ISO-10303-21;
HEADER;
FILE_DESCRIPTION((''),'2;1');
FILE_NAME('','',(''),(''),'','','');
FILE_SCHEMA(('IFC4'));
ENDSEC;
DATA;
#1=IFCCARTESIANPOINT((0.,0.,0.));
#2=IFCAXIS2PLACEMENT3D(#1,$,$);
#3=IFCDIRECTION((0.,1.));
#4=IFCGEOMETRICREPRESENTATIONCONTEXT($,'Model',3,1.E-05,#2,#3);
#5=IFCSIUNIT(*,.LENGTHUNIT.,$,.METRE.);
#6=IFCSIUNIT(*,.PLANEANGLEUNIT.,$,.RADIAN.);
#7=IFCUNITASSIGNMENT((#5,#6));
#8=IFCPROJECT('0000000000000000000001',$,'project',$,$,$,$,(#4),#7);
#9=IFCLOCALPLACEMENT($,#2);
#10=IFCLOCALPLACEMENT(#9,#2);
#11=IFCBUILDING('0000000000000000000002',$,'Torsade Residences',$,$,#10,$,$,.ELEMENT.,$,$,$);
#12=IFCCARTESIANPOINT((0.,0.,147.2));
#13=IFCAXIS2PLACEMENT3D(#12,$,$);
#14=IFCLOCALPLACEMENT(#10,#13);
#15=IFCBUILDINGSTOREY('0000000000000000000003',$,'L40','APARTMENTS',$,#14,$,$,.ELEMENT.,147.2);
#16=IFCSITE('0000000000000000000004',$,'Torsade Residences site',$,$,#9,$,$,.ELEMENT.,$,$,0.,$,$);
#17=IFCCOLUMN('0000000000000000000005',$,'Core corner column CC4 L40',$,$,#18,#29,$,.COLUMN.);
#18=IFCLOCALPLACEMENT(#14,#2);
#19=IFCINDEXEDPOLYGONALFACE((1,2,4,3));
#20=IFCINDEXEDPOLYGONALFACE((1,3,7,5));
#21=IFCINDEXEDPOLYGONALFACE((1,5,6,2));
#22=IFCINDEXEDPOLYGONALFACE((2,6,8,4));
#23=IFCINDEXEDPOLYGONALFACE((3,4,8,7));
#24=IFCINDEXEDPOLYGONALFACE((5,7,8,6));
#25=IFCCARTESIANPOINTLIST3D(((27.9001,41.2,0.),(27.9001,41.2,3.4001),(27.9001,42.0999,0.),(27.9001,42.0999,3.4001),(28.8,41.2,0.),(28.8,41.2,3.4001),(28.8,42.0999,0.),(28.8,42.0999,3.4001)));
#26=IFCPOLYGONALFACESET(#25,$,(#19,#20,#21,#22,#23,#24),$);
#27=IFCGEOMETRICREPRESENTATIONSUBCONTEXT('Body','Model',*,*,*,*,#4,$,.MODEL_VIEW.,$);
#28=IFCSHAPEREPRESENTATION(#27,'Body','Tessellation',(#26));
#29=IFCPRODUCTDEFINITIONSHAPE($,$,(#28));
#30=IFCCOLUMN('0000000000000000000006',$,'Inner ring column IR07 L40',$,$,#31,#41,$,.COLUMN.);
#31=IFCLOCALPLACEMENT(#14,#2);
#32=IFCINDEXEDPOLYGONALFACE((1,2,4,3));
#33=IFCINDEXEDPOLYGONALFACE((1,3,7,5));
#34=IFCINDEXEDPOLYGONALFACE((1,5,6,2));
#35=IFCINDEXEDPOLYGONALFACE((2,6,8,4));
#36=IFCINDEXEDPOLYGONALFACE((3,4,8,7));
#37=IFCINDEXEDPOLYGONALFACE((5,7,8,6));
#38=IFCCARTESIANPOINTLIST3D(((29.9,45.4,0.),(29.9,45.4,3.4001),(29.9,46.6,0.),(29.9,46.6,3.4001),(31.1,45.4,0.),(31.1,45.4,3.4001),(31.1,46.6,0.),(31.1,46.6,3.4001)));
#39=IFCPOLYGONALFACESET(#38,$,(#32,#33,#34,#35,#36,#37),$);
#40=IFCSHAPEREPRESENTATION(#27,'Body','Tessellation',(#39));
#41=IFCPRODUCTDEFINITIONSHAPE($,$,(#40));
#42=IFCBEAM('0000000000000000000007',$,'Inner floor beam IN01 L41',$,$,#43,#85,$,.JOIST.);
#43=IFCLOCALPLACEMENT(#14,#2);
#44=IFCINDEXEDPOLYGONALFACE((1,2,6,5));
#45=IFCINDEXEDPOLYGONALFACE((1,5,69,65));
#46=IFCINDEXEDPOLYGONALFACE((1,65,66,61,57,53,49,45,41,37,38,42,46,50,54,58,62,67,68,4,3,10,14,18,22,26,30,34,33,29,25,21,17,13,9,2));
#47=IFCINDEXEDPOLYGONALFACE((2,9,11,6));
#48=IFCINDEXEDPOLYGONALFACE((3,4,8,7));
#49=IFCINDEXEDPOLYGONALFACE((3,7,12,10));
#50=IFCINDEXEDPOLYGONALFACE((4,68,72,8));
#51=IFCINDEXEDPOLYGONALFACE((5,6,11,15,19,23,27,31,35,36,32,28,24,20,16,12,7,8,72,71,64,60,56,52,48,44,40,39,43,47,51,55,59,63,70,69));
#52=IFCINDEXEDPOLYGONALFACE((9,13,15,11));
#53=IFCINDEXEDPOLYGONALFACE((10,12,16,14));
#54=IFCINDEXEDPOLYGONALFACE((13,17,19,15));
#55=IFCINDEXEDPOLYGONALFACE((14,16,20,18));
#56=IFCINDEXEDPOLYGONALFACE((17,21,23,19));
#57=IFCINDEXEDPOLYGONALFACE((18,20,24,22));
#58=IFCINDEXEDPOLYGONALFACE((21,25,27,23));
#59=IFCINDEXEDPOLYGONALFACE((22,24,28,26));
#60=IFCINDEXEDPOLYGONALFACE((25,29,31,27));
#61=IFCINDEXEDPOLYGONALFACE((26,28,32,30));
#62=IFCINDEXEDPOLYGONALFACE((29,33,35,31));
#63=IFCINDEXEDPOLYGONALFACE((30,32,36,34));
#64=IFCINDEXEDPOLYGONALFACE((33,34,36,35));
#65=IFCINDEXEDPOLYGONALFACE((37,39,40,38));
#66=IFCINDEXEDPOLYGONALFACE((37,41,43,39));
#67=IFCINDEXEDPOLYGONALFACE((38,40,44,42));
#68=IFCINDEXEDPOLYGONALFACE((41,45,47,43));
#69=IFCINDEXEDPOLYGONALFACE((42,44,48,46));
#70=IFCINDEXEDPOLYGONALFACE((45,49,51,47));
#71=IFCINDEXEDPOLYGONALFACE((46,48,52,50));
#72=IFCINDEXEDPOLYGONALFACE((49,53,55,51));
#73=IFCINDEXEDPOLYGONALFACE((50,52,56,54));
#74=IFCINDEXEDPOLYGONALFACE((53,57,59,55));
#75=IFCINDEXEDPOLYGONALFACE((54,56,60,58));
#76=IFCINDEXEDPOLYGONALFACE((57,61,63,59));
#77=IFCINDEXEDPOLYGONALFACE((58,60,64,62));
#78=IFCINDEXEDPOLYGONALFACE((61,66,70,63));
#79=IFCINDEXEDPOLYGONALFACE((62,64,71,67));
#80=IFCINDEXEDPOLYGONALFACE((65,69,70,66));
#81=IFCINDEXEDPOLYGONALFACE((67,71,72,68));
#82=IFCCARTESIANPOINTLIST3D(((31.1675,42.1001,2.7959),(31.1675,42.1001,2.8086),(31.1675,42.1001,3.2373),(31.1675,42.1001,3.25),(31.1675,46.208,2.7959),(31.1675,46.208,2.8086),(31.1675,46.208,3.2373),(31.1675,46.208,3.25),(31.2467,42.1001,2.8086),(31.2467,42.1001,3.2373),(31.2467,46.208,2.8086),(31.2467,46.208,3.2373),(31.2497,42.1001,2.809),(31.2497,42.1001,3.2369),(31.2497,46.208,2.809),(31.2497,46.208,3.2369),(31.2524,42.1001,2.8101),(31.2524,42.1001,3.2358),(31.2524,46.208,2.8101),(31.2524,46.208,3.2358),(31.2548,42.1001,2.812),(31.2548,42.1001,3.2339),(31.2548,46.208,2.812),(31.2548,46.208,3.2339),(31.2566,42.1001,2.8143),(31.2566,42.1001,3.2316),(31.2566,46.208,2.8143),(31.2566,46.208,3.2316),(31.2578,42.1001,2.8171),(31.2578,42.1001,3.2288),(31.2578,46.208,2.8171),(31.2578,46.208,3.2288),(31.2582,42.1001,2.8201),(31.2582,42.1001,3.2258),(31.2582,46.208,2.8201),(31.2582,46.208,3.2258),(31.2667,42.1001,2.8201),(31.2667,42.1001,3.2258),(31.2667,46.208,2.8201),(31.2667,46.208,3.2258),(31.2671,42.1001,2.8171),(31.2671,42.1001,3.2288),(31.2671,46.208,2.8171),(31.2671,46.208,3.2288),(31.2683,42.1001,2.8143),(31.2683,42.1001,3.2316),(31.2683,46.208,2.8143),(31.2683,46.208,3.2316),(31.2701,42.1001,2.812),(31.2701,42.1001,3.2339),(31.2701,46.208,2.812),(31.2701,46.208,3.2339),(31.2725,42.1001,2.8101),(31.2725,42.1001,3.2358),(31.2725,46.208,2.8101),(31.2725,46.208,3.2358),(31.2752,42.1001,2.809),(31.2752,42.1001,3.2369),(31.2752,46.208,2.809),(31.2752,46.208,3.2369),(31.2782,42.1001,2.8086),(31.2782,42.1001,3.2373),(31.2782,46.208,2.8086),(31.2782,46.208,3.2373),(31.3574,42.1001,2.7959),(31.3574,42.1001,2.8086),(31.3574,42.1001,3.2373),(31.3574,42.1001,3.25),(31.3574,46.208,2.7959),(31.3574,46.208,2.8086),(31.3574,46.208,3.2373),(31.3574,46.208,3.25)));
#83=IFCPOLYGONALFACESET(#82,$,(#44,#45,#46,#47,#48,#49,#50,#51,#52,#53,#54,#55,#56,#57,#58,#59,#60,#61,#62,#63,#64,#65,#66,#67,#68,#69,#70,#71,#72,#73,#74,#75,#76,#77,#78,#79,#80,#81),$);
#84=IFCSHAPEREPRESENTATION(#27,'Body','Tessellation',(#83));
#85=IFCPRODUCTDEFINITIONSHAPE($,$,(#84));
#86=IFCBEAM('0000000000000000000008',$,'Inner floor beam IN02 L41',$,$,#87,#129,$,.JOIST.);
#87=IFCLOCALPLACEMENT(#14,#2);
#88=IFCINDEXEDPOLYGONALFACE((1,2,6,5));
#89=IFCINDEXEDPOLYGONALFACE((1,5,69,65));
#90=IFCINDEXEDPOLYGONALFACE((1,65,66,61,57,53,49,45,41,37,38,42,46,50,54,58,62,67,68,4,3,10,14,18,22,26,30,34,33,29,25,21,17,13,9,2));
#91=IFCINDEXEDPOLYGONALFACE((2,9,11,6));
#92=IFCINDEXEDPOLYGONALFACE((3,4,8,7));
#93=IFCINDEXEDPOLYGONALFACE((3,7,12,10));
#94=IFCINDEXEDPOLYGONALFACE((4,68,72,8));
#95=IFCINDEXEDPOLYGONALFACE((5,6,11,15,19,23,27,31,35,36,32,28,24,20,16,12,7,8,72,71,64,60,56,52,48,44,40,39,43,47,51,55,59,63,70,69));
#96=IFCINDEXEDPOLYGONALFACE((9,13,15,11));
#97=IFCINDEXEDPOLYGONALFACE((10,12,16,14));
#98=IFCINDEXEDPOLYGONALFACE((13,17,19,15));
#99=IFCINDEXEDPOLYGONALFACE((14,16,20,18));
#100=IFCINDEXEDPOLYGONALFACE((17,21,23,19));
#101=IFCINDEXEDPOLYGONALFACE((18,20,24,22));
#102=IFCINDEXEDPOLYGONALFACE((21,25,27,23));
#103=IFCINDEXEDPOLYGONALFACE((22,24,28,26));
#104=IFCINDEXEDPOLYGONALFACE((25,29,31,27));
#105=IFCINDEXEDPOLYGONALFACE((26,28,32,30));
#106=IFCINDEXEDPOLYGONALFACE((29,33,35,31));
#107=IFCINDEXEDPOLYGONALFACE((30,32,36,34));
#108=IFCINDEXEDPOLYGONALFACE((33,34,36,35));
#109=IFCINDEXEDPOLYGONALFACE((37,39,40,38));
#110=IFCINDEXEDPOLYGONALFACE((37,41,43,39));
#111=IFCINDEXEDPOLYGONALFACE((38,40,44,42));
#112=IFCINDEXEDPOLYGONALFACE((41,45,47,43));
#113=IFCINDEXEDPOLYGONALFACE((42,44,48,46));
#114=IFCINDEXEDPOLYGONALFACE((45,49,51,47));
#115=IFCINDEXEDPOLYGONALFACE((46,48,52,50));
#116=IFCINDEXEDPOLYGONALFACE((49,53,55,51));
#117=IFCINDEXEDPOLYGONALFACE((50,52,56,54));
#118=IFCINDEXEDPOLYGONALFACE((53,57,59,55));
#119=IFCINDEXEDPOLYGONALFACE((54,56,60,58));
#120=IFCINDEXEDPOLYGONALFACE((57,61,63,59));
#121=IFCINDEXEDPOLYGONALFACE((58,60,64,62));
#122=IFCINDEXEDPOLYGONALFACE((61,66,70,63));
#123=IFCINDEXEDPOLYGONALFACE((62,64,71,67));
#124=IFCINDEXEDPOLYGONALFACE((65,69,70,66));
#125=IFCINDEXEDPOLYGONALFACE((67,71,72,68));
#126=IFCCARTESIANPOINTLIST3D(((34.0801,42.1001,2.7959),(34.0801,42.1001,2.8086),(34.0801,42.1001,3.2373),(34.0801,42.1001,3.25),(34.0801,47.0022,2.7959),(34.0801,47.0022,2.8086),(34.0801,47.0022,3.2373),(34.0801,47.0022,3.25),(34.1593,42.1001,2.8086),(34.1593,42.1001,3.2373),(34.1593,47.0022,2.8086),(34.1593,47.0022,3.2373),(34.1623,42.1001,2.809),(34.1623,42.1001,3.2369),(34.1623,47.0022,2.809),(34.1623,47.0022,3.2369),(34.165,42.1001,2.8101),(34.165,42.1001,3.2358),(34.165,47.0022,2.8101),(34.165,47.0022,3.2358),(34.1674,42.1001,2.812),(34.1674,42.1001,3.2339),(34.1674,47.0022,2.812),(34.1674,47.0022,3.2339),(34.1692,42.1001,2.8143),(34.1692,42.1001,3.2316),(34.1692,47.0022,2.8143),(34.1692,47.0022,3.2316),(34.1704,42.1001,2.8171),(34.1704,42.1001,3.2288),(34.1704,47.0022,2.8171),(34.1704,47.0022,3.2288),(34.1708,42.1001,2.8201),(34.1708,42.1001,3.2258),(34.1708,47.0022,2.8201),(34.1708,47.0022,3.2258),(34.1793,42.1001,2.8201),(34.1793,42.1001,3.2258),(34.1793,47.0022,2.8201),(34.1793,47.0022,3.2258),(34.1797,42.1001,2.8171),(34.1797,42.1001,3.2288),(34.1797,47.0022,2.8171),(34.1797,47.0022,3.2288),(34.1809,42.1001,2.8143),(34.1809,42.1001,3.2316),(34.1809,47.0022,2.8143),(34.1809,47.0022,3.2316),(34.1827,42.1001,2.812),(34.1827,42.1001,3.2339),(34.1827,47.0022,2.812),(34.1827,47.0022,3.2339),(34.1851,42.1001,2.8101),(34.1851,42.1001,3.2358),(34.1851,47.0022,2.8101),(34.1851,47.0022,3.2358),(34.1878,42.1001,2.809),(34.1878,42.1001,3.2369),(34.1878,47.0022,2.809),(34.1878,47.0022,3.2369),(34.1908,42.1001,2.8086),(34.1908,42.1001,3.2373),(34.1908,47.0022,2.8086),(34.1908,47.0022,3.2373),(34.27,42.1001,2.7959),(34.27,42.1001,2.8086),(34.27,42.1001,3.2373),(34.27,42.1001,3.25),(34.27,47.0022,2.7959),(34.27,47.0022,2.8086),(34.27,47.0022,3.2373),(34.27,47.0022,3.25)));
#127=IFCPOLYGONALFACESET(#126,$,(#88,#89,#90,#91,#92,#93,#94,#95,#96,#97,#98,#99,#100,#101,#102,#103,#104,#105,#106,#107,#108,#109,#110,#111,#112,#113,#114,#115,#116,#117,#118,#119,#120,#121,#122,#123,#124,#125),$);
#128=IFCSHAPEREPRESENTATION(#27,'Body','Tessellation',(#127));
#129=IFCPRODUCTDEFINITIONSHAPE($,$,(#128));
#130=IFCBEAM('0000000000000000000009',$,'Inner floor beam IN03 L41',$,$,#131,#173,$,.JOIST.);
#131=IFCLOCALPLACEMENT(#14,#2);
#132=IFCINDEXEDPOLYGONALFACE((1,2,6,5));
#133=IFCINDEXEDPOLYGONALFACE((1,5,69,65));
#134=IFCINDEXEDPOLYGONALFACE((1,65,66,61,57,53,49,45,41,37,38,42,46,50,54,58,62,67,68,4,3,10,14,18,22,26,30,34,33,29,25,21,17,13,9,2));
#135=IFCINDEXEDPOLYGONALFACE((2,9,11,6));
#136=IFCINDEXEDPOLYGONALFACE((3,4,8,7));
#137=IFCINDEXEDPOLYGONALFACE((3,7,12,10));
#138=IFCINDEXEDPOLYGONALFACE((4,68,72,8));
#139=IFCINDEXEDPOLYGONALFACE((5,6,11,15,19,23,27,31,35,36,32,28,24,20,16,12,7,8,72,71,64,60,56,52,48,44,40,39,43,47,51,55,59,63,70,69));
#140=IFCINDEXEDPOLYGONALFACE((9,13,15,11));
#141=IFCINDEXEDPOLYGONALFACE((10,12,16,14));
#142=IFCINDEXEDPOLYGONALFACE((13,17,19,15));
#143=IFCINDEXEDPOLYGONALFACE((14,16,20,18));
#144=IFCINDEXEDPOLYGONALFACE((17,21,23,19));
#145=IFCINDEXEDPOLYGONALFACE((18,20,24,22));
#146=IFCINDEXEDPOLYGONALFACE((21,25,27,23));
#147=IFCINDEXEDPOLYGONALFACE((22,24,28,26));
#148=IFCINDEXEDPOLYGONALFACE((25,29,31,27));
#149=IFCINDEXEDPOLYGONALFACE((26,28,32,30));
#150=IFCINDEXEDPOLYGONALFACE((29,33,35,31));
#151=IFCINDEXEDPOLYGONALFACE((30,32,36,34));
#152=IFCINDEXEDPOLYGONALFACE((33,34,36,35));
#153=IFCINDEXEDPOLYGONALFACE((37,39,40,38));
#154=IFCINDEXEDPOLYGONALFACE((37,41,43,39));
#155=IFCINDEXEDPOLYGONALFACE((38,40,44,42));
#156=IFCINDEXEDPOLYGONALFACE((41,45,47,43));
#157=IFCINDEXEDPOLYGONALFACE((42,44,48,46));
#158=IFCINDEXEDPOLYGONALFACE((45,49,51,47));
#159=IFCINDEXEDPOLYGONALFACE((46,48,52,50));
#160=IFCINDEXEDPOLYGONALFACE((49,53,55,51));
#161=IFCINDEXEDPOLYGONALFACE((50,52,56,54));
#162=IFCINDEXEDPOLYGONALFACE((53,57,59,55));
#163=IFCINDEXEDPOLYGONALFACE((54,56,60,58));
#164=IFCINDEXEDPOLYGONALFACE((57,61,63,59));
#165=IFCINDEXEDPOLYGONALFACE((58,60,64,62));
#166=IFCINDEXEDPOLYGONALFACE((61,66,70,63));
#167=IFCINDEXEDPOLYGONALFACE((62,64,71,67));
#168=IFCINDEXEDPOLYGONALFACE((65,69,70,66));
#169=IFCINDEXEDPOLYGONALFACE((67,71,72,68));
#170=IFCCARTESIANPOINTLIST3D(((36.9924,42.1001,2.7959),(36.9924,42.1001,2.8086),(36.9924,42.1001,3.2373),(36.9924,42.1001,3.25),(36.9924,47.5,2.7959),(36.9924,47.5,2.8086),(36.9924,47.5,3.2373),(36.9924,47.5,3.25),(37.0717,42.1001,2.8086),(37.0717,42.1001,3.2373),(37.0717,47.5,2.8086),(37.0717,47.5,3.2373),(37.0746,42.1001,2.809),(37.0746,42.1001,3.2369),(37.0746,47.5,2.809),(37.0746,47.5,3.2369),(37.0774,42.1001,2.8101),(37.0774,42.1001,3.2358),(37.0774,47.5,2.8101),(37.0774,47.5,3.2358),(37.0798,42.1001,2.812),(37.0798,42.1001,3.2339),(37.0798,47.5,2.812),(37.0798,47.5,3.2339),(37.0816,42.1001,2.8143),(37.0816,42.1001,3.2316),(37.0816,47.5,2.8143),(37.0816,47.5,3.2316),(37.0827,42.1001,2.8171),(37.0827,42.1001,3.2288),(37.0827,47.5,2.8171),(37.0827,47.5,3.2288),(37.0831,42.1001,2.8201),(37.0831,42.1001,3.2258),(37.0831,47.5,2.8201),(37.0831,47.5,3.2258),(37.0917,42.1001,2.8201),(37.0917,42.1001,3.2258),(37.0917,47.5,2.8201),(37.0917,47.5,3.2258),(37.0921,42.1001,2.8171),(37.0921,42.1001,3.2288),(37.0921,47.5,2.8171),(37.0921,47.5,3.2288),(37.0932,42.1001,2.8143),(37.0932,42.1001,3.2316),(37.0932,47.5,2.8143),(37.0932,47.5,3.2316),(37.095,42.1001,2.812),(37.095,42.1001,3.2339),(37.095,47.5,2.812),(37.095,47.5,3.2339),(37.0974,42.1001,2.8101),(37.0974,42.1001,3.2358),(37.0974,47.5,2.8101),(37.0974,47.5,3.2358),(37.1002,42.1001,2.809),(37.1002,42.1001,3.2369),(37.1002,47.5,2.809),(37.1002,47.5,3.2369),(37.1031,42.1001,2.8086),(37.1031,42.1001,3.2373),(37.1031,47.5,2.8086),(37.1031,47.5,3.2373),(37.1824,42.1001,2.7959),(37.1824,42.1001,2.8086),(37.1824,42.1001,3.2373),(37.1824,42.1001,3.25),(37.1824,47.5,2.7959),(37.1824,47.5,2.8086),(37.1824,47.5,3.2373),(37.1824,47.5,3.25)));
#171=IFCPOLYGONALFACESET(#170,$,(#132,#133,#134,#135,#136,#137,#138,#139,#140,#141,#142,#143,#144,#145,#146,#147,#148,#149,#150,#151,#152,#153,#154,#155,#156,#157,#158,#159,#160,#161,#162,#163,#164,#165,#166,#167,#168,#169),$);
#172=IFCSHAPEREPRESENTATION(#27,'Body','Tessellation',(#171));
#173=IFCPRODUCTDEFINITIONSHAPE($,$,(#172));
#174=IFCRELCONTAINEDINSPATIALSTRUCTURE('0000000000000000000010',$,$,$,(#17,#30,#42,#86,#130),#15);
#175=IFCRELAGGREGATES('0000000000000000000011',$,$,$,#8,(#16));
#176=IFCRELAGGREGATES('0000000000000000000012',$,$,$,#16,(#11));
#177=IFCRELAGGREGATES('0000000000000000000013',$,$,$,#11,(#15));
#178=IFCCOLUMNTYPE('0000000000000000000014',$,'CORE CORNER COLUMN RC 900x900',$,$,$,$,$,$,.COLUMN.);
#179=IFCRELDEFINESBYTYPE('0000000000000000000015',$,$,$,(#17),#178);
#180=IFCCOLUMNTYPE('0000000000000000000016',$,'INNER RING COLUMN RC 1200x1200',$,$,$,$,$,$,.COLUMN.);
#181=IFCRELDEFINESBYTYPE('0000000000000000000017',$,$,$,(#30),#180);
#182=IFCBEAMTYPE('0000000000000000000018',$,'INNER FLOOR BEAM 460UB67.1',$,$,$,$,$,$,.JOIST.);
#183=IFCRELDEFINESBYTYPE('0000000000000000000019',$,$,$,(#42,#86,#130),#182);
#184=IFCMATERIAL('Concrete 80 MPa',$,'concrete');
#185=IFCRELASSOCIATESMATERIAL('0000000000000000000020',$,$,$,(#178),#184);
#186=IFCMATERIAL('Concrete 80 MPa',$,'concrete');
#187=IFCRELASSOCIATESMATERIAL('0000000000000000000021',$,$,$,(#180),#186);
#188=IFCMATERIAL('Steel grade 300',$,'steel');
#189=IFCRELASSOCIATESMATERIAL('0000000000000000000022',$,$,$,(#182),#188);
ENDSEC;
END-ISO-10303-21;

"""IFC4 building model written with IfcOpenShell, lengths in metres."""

from ifc_helpers import new_model, si_unit, direction, frame, origin, origin_2d, place, context, subcontext, project, spatial, rectangle, i_section, extrude, material, material_profile, profile_set, type_object, element, save


model = new_model("IFC4")

# Units and contexts
model_context = context("Model", 3, precision=1e-05, world=origin(), true_north=direction((0.0, 1.0)))
body_context = subcontext(model_context, "Body", "Model", "MODEL_VIEW")
ifc_project = project(units=[si_unit("LENGTHUNIT", "METRE"), si_unit("PLANEANGLEUNIT", "RADIAN")], contexts=[model_context])

# Site, building, storey
site_placement = place(None, origin())
site = spatial("IfcSite", under=ifc_project, at=site_placement, Name="Torsade Residences site", CompositionType="ELEMENT", RefElevation=0.0)
building_placement = place(site_placement, origin())
building = spatial("IfcBuilding", under=site, at=building_placement, Name="Torsade Residences", CompositionType="ELEMENT")
storey_placement = place(building_placement, frame((0.0, 0.0, 147.2)))
storey = spatial("IfcBuildingStorey", under=building, at=storey_placement, Name="L40", Description="APARTMENTS", CompositionType="ELEMENT", Elevation=147.2)

# Columns
ifc_material_1 = material(Name="Concrete 80 MPa", Category="concrete")
ifc_material_profile_1 = material_profile(ifc_material_1, rectangle(XDim=0.8999, YDim=0.8999, at=origin_2d()), Name="RC 900x900")
ifc_profile_set_1 = profile_set([ifc_material_profile_1], Name="Concrete 80 MPa")
column_type_1 = type_object("IfcColumnType", Name="CORE CORNER COLUMN RC 900x900", PredefinedType="COLUMN", material=ifc_profile_set_1)
column_1_placement = place(storey_placement, frame((28.3501, 41.6499, 0.0), z_axis=(0.0, 0.0, 1.0), x_axis=(1.0, 0.0, 0.0)))
element("IfcColumn", 1, at=column_1_placement, inside=storey, type_object=column_type_1, Name="Core corner column CC4 L40", PredefinedType="COLUMN", context=body_context, shape_type="SweptSolid", body=[
    extrude(rectangle(XDim=0.8999, YDim=0.8999, at=origin_2d()), origin(), (0.0, 0.0, 1.0), 3.4001),
])
ifc_material_2 = material(Name="Concrete 80 MPa", Category="concrete")
ifc_material_profile_2 = material_profile(ifc_material_2, rectangle(XDim=1.2, YDim=1.2, at=origin_2d()), Name="RC 1200x1200")
ifc_profile_set_2 = profile_set([ifc_material_profile_2], Name="Concrete 80 MPa")
column_type_2 = type_object("IfcColumnType", Name="INNER RING COLUMN RC 1200x1200", PredefinedType="COLUMN", material=ifc_profile_set_2)
column_2_placement = place(storey_placement, frame((30.5, 46.0, 0.0), z_axis=(0.0, 0.0, 1.0), x_axis=(1.0, 0.0, 0.0)))
element("IfcColumn", 2, at=column_2_placement, inside=storey, type_object=column_type_2, Name="Inner ring column IR07 L40", PredefinedType="COLUMN", context=body_context, shape_type="SweptSolid", body=[
    extrude(rectangle(XDim=1.2, YDim=1.2, at=origin_2d()), origin(), (0.0, 0.0, 1.0), 3.4001),
])

# Beams
ifc_material_3 = material(Name="Steel grade 300", Category="steel")
ifc_material_profile_3 = material_profile(ifc_material_3, i_section(OverallWidth=0.1899, OverallDepth=0.4541, WebThickness=0.0085, FlangeThickness=0.0127, FilletRadius=0.0115, at=origin_2d()), Name="460UB67.1")
ifc_profile_set_3 = profile_set([ifc_material_profile_3], Name="Steel grade 300")
beam_type_1 = type_object("IfcBeamType", Name="INNER FLOOR BEAM 460UB67.1", PredefinedType="JOIST", material=ifc_profile_set_3)
beam_1_placement = place(storey_placement, frame((31.2625, 42.1001, 3.0229), z_axis=(0.0, 1.0, 0.0), x_axis=(-1.0, 0.0, 0.0)))
element("IfcBeam", 3, at=beam_1_placement, inside=storey, type_object=beam_type_1, Name="Inner floor beam IN01 L41", PredefinedType="JOIST", context=body_context, shape_type="SweptSolid", body=[
    extrude(i_section(OverallWidth=0.1899, OverallDepth=0.4541, WebThickness=0.0085, FlangeThickness=0.0127, FilletRadius=0.0115, at=origin_2d()), origin(), (0.0, 0.0, 1.0), 4.1079),
])
beam_2_placement = place(storey_placement, frame((34.175, 42.1001, 3.0229), z_axis=(0.0, 1.0, 0.0), x_axis=(-1.0, 0.0, 0.0)))
element("IfcBeam", 4, at=beam_2_placement, inside=storey, type_object=beam_type_1, Name="Inner floor beam IN02 L41", PredefinedType="JOIST", context=body_context, shape_type="SweptSolid", body=[
    extrude(i_section(OverallWidth=0.1899, OverallDepth=0.4541, WebThickness=0.0085, FlangeThickness=0.0127, FilletRadius=0.0115, at=origin_2d()), origin(), (0.0, 0.0, 1.0), 4.9021),
])
beam_3_placement = place(storey_placement, frame((37.0874, 42.1001, 3.0229), z_axis=(0.0, 1.0, 0.0), x_axis=(-1.0, 0.0, 0.0)))
element("IfcBeam", 5, at=beam_3_placement, inside=storey, type_object=beam_type_1, Name="Inner floor beam IN03 L41", PredefinedType="JOIST", context=body_context, shape_type="SweptSolid", body=[
    extrude(i_section(OverallWidth=0.1899, OverallDepth=0.4541, WebThickness=0.0085, FlangeThickness=0.0127, FilletRadius=0.0115, at=origin_2d()), origin(), (0.0, 0.0, 1.0), 5.3999),
])

save(model, "model.ifc")
